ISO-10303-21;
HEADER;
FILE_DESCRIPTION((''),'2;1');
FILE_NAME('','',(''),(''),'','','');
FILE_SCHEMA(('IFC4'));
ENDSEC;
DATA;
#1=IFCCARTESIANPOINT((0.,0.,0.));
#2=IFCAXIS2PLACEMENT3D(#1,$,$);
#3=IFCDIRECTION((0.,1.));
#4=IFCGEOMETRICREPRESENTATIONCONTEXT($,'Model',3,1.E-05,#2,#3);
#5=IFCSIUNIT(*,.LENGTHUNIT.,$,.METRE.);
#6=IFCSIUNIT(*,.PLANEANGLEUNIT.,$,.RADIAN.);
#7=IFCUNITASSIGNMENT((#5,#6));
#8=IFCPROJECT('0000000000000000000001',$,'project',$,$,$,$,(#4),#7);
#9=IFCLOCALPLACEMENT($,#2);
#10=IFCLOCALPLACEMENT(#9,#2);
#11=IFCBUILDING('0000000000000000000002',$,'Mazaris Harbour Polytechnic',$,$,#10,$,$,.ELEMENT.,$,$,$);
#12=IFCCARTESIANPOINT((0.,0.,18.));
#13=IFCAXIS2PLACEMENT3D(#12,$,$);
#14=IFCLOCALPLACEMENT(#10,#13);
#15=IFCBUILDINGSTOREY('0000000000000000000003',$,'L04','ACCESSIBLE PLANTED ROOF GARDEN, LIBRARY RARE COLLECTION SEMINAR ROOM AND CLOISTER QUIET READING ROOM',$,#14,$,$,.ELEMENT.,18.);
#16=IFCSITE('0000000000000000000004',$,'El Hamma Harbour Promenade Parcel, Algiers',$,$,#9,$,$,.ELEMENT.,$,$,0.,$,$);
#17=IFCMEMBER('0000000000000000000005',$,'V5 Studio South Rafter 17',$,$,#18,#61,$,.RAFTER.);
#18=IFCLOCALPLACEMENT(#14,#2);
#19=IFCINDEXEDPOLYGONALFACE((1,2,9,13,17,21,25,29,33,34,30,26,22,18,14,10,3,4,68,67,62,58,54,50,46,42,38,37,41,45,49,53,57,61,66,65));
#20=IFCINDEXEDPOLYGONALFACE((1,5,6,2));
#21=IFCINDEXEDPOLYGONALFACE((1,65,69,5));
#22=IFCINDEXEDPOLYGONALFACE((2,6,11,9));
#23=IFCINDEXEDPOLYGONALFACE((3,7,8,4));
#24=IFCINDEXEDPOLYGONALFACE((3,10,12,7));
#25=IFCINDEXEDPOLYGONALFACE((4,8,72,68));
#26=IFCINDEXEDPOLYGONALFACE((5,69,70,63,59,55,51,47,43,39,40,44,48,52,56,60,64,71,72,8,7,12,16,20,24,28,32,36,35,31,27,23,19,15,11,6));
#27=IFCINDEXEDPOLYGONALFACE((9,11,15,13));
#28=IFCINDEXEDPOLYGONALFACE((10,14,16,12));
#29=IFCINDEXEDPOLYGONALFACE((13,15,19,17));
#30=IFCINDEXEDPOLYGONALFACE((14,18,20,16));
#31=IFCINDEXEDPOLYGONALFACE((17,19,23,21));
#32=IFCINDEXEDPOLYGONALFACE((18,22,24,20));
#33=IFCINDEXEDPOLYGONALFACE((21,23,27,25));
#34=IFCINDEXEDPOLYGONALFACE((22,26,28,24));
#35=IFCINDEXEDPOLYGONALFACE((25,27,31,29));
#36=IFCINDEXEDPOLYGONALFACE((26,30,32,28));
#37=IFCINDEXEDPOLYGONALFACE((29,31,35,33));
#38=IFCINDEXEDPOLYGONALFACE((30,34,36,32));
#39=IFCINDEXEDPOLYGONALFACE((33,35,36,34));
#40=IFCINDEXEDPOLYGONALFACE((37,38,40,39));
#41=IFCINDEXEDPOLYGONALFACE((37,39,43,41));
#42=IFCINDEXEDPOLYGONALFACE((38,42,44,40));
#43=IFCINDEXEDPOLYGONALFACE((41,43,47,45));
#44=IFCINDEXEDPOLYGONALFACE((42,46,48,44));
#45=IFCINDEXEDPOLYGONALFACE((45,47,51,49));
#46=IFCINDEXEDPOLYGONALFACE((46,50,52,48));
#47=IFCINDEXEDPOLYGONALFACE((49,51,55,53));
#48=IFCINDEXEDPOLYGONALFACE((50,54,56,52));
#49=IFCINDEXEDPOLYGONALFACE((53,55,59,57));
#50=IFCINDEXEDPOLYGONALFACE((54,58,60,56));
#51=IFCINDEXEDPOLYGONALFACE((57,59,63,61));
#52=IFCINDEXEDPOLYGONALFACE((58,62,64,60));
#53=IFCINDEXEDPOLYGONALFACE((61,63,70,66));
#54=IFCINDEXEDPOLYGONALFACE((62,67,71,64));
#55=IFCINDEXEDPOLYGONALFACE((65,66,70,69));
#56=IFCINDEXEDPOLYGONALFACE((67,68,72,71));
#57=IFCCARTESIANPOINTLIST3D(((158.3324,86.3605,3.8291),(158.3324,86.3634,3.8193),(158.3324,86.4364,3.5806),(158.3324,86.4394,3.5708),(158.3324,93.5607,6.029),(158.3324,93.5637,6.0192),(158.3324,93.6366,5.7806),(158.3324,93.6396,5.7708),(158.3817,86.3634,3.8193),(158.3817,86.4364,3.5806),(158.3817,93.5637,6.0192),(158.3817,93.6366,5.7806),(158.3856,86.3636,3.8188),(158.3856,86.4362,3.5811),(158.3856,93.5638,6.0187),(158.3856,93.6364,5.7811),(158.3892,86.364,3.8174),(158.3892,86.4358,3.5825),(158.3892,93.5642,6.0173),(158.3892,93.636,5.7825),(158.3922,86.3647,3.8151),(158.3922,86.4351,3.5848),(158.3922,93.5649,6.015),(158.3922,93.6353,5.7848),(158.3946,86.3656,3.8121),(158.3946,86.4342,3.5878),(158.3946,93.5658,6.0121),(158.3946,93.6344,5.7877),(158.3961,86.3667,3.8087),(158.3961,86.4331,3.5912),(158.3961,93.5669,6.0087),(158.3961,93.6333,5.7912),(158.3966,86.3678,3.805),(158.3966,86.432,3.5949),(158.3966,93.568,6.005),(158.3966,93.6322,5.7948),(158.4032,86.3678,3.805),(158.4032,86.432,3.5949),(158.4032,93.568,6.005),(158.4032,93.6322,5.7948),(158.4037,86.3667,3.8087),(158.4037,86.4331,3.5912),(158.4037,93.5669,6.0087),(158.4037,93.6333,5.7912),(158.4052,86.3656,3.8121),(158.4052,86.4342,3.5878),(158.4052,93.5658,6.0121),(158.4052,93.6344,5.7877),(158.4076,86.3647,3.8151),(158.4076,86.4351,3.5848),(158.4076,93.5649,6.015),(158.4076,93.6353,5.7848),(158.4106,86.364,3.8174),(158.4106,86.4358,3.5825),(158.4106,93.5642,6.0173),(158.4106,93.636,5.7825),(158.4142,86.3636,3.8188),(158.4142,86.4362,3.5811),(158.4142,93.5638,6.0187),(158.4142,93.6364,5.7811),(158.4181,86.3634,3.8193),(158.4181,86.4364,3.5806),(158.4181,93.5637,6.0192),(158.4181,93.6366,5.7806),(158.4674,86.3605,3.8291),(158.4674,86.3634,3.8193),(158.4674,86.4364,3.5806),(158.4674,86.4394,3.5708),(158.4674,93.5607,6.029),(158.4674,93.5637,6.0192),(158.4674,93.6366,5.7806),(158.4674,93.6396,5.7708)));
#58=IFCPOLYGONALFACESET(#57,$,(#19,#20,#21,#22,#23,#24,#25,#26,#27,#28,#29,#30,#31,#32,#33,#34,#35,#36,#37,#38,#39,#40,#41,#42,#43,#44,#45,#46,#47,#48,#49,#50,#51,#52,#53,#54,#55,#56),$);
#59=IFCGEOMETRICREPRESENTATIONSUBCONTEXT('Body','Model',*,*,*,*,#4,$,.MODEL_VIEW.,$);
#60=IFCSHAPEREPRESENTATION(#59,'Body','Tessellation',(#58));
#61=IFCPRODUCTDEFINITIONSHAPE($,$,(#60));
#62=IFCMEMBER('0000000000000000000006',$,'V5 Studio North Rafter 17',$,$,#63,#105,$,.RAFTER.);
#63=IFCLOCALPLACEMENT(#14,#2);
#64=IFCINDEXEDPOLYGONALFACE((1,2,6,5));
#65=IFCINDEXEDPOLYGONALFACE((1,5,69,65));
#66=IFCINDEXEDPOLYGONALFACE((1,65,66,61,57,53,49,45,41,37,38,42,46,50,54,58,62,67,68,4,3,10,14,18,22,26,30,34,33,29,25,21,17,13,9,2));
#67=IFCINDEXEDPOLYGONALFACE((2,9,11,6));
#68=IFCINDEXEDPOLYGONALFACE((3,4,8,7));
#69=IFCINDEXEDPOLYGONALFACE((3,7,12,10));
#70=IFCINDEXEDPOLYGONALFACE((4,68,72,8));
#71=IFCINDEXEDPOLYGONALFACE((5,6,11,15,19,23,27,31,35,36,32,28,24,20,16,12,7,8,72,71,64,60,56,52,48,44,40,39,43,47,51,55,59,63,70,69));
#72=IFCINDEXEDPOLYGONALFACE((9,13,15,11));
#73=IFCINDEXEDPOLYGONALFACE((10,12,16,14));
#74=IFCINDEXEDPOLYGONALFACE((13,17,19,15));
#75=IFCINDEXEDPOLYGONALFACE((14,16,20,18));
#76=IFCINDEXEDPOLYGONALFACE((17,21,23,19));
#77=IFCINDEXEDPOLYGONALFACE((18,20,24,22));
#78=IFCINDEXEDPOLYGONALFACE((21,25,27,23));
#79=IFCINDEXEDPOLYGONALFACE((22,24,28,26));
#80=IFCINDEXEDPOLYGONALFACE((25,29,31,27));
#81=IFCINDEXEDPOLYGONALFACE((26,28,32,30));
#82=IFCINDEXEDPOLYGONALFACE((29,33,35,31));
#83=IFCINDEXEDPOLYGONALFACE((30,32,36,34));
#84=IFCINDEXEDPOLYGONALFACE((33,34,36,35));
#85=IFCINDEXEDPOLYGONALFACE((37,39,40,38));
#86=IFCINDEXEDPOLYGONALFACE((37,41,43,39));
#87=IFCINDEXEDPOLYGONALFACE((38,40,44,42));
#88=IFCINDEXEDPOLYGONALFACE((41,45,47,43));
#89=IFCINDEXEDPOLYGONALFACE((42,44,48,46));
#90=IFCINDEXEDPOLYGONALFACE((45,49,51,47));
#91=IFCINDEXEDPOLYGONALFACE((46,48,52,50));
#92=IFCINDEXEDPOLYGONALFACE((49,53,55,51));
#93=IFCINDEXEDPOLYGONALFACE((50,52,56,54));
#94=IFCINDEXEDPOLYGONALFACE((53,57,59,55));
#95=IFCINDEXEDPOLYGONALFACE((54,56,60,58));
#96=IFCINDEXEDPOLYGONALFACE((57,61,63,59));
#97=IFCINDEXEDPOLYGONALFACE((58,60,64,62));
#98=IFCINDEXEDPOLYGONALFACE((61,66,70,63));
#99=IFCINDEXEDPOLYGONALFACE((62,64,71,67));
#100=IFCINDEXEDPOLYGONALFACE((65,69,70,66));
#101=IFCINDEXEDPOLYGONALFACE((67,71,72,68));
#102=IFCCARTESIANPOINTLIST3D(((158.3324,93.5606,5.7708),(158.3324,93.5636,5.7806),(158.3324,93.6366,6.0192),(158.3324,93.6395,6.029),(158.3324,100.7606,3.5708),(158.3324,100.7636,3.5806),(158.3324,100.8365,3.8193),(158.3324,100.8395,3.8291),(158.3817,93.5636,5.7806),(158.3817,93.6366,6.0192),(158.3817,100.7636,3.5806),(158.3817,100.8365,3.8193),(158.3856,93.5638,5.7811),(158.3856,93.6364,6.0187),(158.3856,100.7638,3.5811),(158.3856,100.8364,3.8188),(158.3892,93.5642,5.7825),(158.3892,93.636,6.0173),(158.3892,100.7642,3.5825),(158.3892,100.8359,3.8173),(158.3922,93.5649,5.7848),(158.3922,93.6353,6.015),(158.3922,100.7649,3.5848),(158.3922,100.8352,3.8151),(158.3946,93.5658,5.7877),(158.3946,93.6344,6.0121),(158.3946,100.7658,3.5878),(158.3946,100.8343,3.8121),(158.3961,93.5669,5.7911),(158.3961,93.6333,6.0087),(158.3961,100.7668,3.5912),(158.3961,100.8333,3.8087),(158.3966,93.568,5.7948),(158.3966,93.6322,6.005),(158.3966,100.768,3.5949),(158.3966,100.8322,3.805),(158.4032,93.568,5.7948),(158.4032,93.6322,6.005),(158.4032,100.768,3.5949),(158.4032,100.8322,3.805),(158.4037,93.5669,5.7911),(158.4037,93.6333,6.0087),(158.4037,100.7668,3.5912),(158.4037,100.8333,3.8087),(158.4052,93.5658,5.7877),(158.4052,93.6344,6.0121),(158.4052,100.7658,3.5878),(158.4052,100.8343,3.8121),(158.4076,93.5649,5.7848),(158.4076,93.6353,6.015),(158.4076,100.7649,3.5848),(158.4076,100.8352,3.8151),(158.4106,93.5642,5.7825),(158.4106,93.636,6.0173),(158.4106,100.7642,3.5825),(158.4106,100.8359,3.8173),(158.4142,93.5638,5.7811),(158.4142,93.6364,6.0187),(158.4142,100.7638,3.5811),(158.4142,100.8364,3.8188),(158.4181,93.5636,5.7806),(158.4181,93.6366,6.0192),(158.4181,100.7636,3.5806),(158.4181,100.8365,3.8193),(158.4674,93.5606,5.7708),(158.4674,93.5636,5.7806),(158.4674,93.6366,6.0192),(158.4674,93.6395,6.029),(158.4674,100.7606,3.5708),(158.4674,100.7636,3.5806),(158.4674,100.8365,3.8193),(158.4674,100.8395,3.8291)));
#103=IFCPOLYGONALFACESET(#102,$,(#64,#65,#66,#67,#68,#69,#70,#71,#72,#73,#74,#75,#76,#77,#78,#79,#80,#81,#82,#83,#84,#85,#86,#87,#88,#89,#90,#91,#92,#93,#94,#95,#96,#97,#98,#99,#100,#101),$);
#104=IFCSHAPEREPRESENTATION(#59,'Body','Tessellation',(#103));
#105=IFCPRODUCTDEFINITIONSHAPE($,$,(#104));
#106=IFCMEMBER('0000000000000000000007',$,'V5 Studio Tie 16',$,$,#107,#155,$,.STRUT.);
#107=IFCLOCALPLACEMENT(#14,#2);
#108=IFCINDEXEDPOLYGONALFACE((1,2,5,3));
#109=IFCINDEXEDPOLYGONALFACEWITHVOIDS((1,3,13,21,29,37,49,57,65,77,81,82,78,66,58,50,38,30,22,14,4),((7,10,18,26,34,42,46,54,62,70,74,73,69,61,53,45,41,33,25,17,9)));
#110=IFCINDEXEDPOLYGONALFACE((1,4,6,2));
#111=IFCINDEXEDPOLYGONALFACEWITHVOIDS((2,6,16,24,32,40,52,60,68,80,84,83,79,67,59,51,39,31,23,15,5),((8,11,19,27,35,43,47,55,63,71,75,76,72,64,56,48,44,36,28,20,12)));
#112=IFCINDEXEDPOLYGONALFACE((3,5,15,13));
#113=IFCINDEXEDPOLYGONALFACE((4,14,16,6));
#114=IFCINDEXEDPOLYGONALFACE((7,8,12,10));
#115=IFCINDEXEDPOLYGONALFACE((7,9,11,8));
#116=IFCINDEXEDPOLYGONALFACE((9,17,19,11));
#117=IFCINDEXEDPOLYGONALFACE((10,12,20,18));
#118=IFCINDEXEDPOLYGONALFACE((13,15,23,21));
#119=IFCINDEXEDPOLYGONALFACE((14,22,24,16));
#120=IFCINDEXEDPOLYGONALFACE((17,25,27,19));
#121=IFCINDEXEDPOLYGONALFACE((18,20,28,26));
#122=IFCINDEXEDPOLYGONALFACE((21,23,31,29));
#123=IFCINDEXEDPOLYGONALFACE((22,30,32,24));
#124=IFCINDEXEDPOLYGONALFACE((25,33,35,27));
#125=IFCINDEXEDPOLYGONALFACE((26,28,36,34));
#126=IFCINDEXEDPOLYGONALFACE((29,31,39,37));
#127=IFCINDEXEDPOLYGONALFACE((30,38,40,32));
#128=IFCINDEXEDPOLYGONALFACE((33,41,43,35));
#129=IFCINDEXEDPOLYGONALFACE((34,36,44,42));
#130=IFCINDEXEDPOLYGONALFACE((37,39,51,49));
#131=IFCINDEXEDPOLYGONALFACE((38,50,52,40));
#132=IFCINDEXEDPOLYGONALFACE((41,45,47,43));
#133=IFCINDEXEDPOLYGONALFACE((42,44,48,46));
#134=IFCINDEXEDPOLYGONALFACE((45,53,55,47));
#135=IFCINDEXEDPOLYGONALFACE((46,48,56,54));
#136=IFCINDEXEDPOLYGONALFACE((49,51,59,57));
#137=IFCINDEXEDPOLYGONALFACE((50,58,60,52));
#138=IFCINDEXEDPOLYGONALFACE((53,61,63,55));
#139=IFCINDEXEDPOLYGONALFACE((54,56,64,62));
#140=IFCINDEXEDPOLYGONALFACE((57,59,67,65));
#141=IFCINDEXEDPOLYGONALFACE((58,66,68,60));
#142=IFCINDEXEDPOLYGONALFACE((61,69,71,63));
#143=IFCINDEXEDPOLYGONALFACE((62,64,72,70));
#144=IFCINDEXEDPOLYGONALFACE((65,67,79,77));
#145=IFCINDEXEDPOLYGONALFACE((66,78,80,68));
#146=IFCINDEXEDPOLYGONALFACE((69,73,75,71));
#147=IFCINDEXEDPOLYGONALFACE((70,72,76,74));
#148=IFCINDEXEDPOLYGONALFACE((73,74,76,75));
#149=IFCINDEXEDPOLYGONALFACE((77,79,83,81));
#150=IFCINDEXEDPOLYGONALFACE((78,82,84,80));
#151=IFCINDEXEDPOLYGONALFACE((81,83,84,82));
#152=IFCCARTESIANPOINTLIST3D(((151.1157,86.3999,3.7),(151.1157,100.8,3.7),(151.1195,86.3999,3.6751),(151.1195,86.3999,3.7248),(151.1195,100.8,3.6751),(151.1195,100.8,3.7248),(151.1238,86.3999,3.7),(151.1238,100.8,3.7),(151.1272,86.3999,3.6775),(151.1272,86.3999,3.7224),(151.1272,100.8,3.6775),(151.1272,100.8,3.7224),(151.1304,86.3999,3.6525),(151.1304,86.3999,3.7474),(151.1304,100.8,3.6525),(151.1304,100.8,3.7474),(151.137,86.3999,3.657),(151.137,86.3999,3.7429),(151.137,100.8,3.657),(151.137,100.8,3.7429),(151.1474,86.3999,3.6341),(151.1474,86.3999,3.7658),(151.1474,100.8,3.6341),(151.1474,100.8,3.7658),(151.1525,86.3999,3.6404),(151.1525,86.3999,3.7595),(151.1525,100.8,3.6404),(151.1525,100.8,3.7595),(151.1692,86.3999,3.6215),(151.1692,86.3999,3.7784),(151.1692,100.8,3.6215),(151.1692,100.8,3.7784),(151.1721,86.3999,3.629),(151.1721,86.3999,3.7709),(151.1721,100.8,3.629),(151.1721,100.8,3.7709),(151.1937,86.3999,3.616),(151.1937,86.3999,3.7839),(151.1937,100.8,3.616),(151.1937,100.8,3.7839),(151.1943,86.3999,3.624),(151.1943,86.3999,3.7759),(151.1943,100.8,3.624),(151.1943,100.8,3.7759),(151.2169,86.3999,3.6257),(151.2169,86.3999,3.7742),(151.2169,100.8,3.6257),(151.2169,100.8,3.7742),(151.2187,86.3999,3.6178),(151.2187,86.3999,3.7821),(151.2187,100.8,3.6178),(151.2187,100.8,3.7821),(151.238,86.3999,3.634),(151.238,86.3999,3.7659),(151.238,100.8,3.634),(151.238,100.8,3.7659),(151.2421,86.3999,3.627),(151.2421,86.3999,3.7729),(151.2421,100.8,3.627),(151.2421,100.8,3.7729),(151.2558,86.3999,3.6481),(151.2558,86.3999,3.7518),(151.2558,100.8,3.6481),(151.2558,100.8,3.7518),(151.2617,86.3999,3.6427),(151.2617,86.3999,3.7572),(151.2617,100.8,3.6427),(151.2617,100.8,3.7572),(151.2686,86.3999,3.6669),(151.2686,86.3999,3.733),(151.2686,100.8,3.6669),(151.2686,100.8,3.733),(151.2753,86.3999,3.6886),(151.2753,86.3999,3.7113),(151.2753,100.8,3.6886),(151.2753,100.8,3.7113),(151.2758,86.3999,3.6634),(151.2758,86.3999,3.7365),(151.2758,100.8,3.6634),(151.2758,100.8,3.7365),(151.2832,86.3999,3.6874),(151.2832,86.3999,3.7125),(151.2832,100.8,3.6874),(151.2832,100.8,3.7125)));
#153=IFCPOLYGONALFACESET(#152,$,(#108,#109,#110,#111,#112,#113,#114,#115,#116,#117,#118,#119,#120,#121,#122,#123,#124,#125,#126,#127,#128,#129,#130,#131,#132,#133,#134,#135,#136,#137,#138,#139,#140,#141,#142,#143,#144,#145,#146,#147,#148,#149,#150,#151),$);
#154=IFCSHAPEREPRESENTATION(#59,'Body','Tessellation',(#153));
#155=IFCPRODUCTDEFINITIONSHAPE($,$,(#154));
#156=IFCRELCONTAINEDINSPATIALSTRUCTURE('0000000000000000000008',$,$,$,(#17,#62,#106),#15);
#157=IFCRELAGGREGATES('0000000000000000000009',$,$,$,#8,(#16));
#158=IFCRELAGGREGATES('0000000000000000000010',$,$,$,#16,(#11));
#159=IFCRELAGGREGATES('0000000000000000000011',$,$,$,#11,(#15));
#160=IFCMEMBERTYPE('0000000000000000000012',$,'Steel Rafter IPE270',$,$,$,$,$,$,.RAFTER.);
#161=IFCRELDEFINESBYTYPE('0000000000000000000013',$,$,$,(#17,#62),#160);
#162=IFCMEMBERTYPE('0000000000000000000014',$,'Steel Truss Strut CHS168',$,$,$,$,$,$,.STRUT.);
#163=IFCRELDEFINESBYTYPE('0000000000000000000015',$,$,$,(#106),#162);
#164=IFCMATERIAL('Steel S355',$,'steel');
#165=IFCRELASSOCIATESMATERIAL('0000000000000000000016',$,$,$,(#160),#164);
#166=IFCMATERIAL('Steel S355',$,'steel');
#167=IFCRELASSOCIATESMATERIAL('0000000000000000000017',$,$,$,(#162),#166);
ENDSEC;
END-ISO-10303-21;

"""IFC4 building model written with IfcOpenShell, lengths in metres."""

from ifc_helpers import new_model, si_unit, direction, frame, origin, origin_2d, place, context, subcontext, project, spatial, hollow_circle, i_section, extrude, material, material_profile, profile_set, type_object, element, save


model = new_model("IFC4")

# Units and contexts
model_context = context("Model", 3, precision=1e-05, world=origin(), true_north=direction((0.0, 1.0)))
body_context = subcontext(model_context, "Body", "Model", "MODEL_VIEW")
ifc_project = project(units=[si_unit("LENGTHUNIT", "METRE"), si_unit("PLANEANGLEUNIT", "RADIAN")], contexts=[model_context])

# Site, building, storey
site_placement = place(None, origin())
site = spatial("IfcSite", under=ifc_project, at=site_placement, Name="El Hamma Harbour Promenade Parcel, Algiers", CompositionType="ELEMENT", RefElevation=0.0)
building_placement = place(site_placement, origin())
building = spatial("IfcBuilding", under=site, at=building_placement, Name="Mazaris Harbour Polytechnic", CompositionType="ELEMENT")
storey_placement = place(building_placement, frame((0.0, 0.0, 18.0)))
storey = spatial("IfcBuildingStorey", under=building, at=storey_placement, Name="L04", Description="ACCESSIBLE PLANTED ROOF GARDEN, LIBRARY RARE COLLECTION SEMINAR ROOM AND CLOISTER QUIET READING ROOM", CompositionType="ELEMENT", Elevation=18.0)

# Members
ifc_material_1 = material(Name="Steel S355", Category="steel")
ifc_material_profile_1 = material_profile(ifc_material_1, i_section(OverallWidth=0.135, OverallDepth=0.27, WebThickness=0.0066, FlangeThickness=0.0103, FilletRadius=0.0149, at=origin_2d()), Name="IPE 270")
ifc_profile_set_1 = profile_set([ifc_material_profile_1], Name="Steel S355")
member_type_1 = type_object("IfcMemberType", Name="Steel Rafter IPE270", PredefinedType="RAFTER", material=ifc_profile_set_1)
member_1_placement = place(storey_placement, frame((158.3999, 86.3999, 3.7), z_axis=(0.0, 0.956356, 0.292205), x_axis=(-1.0, 0.0, 0.0)))
element("IfcMember", 1, at=member_1_placement, inside=storey, type_object=member_type_1, Name="V5 Studio South Rafter 17", PredefinedType="RAFTER", context=body_context, shape_type="SweptSolid", body=[
    extrude(i_section(OverallWidth=0.135, OverallDepth=0.27, WebThickness=0.0066, FlangeThickness=0.0103, FilletRadius=0.0149, at=origin_2d()), origin(), (0.0, 0.0, 1.0), 7.5288),
])
member_2_placement = place(storey_placement, frame((158.3999, 93.6001, 5.8999), z_axis=(0.0, 0.956353, -0.292214), x_axis=(-1.0, 0.0, 0.0)))
element("IfcMember", 2, at=member_2_placement, inside=storey, type_object=member_type_1, Name="V5 Studio North Rafter 17", PredefinedType="RAFTER", context=body_context, shape_type="SweptSolid", body=[
    extrude(i_section(OverallWidth=0.135, OverallDepth=0.27, WebThickness=0.0066, FlangeThickness=0.0103, FilletRadius=0.0149, at=origin_2d()), origin(), (0.0, 0.0, 1.0), 7.5286),
])
ifc_material_2 = material(Name="Steel S355", Category="steel")
ifc_material_profile_2 = material_profile(ifc_material_2, hollow_circle(Radius=0.0842, WallThickness=0.0081, at=origin_2d()), Name="CHS 168.3x8.0")
ifc_profile_set_2 = profile_set([ifc_material_profile_2], Name="Steel S355")
member_type_2 = type_object("IfcMemberType", Name="Steel Truss Strut CHS168", PredefinedType="STRUT", material=ifc_profile_set_2)
for number, where, z_axis, x_axis, name in (
    (3, (151.2, 86.3999, 3.7), (0.0, 1.0, 0.0), (-1.0, 0.0, 0.0), "V5 Studio Tie 16"),
):
    element("IfcMember", number, at=place(storey_placement, frame(where, z_axis=z_axis, x_axis=x_axis)), inside=storey, type_object=member_type_2, Name=name, PredefinedType="STRUT", context=body_context, shape_type="SweptSolid", body=[
        extrude(hollow_circle(Radius=0.0842, WallThickness=0.0081, at=origin_2d()), origin(), (0.0, 0.0, 1.0), 14.4001),
    ])

save(model, "model.ifc")
